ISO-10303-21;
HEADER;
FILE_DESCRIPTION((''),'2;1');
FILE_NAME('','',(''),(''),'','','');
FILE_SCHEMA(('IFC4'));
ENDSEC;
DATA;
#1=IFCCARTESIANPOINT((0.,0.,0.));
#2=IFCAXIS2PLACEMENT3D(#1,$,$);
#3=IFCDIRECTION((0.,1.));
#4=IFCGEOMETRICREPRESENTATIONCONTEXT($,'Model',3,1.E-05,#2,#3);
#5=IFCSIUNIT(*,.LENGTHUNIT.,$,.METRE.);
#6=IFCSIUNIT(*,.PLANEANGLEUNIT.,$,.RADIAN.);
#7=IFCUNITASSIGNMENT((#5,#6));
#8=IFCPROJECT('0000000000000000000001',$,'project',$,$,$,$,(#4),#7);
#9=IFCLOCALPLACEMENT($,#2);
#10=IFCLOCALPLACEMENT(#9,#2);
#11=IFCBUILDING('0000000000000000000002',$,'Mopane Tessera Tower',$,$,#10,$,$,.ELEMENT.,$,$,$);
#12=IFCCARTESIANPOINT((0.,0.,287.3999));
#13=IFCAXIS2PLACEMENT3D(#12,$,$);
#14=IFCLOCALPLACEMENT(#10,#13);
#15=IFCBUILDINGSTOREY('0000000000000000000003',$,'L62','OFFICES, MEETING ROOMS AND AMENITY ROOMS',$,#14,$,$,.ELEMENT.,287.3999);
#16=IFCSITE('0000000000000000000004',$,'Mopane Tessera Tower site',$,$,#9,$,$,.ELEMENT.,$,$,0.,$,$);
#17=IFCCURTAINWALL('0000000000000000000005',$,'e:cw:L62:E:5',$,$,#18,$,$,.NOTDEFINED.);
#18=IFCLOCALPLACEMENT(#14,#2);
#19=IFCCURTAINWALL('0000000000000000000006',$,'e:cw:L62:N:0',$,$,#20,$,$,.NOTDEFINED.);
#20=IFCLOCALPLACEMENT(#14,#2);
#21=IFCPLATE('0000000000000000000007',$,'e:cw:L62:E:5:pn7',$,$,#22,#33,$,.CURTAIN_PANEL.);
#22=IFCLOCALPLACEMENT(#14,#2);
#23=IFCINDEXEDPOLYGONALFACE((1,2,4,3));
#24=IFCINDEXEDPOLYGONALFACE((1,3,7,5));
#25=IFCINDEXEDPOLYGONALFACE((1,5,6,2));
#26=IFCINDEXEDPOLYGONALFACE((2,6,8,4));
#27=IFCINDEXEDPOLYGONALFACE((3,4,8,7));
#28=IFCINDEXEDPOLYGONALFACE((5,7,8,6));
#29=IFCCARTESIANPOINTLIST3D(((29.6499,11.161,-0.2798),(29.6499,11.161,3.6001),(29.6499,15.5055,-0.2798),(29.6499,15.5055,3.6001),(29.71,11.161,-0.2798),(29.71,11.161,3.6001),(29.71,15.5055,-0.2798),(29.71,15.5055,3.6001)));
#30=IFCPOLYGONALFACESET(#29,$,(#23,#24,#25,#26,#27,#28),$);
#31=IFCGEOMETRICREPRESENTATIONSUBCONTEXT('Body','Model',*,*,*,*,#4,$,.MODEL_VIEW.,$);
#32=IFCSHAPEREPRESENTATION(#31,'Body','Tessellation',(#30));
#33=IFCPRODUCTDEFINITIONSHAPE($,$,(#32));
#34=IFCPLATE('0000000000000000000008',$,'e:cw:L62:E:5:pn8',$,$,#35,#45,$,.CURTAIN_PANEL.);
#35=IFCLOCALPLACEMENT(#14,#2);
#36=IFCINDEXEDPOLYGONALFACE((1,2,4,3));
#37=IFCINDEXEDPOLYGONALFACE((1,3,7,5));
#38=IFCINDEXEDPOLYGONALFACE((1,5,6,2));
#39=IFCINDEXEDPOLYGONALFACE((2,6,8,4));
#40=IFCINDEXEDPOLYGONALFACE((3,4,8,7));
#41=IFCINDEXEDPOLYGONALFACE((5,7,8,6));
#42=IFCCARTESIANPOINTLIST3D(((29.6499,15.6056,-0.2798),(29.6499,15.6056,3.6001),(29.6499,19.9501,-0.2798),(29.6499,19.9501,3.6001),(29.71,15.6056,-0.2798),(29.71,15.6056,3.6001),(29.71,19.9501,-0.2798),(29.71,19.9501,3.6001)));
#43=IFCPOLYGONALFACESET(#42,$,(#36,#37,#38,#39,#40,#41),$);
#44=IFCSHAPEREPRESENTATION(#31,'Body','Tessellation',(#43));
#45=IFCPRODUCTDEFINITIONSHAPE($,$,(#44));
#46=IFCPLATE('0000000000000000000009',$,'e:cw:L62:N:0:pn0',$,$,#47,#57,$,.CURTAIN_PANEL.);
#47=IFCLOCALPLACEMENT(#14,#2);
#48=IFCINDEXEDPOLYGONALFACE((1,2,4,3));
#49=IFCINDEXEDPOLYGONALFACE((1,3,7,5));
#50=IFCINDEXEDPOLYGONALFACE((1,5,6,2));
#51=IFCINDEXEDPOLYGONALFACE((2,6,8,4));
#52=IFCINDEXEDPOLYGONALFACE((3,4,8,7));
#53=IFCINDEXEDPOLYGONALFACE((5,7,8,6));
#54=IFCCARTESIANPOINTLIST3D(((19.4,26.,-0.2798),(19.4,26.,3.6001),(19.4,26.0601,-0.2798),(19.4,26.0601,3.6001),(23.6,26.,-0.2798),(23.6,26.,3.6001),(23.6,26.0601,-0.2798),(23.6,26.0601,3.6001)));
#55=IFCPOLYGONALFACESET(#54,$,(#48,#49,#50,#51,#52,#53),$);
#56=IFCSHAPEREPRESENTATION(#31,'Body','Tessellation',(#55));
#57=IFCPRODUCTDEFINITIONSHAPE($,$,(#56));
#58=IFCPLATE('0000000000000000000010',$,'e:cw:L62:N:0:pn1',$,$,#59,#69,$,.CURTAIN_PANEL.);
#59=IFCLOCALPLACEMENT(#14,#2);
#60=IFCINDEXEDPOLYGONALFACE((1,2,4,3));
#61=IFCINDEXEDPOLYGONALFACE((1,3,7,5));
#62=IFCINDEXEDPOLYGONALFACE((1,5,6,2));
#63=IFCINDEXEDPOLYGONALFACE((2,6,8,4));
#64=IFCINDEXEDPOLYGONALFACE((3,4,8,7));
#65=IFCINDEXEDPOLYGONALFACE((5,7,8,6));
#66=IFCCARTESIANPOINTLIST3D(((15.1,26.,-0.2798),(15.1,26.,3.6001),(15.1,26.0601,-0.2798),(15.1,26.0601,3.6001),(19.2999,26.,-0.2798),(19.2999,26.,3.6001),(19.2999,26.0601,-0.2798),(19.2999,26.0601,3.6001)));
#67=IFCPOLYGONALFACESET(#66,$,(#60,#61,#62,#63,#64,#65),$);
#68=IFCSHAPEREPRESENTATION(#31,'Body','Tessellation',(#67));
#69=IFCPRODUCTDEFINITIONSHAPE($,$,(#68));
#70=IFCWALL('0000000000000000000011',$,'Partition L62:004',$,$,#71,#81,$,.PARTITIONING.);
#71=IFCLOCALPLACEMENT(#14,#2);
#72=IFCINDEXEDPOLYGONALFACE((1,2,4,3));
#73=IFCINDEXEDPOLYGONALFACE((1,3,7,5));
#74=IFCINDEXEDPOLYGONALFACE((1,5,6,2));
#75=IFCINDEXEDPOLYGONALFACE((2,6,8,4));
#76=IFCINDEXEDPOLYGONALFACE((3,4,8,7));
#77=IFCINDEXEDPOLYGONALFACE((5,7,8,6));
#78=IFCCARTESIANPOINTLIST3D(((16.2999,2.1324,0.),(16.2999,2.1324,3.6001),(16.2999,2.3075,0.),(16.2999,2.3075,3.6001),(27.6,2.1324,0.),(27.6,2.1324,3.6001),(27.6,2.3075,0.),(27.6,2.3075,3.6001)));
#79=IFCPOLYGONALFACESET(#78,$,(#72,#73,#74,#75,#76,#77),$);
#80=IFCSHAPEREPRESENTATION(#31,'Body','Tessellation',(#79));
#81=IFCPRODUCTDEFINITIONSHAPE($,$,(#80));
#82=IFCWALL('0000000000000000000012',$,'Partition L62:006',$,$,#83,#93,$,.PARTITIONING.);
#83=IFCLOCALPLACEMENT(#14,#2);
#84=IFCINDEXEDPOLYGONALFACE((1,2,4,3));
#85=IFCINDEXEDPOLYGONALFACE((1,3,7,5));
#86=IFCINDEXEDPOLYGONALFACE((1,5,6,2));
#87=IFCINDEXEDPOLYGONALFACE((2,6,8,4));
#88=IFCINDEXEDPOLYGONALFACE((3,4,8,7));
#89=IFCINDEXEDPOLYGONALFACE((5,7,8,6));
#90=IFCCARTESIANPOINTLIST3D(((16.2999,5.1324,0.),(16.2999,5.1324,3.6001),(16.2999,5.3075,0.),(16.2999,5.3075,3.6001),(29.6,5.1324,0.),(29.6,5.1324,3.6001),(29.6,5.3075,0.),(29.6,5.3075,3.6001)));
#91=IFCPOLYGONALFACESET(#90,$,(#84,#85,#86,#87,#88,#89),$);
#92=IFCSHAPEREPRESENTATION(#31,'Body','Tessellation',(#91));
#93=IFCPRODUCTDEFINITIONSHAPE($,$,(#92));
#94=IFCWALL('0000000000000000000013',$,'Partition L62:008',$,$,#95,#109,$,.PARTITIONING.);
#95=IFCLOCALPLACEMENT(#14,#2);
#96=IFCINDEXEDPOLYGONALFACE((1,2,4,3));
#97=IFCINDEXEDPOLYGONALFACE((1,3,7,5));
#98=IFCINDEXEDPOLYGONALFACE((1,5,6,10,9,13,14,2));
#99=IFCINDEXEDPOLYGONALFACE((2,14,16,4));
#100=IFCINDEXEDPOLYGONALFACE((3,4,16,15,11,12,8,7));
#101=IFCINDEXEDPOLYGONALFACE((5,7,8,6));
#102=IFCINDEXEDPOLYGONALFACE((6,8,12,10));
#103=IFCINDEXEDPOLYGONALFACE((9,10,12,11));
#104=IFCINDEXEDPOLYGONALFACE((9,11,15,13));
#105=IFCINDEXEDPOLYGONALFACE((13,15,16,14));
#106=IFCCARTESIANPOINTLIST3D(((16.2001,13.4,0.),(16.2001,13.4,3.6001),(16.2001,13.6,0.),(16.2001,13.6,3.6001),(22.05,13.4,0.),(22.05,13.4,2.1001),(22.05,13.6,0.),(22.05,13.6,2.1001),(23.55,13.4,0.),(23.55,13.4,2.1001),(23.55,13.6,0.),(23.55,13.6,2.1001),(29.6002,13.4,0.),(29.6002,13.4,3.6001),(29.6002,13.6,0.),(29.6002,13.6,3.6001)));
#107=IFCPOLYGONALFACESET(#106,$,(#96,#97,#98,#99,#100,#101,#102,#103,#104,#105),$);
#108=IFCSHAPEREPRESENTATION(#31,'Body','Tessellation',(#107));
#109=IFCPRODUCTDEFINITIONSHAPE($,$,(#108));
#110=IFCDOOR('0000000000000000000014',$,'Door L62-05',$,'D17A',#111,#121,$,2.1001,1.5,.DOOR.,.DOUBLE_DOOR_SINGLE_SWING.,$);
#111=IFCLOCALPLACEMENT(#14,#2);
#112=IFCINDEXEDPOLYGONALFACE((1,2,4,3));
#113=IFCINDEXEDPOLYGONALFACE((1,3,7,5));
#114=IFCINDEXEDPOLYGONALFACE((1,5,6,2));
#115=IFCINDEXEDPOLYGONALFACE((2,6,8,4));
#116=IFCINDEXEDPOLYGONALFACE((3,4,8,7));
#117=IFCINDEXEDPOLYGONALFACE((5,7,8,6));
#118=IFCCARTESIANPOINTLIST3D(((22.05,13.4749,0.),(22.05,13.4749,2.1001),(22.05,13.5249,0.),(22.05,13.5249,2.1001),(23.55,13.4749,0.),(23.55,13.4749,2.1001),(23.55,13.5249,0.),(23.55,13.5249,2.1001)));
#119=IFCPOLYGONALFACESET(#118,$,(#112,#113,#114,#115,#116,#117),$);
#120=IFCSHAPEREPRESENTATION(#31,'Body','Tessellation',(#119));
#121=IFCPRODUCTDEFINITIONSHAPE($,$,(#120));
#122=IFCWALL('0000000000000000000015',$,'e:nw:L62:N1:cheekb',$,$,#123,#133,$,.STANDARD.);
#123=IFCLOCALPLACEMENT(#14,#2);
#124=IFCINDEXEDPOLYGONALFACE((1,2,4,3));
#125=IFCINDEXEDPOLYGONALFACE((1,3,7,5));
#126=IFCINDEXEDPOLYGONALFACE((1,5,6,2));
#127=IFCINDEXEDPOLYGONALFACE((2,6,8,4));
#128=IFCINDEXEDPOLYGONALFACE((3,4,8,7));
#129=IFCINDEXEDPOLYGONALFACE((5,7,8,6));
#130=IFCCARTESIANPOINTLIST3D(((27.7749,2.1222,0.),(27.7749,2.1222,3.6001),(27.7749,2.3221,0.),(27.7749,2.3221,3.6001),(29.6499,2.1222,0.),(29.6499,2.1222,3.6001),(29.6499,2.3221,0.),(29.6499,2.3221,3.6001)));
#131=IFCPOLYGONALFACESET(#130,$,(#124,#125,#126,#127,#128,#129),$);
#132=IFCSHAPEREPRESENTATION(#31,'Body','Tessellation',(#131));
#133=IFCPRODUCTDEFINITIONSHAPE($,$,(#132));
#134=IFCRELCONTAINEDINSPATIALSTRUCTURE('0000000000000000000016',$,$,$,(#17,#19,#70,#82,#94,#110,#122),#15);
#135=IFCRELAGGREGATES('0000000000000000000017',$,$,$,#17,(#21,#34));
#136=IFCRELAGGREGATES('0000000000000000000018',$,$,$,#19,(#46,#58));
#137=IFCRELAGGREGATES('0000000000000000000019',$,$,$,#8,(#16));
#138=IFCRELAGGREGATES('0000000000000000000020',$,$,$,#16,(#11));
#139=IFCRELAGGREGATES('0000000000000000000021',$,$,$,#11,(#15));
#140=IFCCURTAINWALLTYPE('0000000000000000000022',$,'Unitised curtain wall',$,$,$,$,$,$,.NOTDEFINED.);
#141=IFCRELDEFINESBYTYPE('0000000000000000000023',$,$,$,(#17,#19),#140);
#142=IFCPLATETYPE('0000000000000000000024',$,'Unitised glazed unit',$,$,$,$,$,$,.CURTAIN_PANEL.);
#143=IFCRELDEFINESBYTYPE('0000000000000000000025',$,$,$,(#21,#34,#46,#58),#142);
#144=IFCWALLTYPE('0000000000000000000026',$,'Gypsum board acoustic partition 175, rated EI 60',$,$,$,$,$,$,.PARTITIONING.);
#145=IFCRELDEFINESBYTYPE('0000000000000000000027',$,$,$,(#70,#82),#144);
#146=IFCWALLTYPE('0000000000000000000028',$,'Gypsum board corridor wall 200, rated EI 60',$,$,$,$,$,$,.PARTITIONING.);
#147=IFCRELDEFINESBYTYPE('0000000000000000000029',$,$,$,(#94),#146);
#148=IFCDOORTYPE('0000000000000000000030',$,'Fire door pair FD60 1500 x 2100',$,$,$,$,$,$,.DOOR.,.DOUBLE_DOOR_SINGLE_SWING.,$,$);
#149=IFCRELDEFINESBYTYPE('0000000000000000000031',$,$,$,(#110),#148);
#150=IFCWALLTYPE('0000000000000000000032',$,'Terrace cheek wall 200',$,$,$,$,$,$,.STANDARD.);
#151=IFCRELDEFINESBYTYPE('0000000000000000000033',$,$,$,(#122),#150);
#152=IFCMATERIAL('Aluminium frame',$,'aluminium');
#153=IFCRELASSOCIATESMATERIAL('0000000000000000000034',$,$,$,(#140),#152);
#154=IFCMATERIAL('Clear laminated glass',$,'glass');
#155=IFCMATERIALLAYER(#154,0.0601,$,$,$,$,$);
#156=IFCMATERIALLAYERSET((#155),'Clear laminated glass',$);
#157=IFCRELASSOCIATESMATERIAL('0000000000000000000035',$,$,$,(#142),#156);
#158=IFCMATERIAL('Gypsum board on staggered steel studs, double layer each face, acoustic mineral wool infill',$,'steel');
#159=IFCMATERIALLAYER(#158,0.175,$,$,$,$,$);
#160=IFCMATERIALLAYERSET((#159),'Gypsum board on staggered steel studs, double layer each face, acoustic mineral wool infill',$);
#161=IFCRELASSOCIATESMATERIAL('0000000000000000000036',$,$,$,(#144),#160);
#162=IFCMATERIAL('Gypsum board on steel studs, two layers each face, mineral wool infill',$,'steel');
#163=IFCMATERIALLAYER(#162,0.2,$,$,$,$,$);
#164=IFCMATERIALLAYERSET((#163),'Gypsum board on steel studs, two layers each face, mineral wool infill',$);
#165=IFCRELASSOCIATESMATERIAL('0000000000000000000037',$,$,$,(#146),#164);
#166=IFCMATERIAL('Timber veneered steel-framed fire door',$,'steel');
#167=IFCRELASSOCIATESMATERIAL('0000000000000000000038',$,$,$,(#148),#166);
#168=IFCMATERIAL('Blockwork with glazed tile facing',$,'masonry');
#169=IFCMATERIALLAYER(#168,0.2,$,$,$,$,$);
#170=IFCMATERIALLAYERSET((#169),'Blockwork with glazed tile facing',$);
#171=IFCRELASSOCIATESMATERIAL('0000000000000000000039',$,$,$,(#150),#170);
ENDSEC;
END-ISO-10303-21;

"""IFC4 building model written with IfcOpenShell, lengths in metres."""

from ifc_helpers import new_model, si_unit, direction, frame, frame_2d, origin, origin_2d, place, context, subcontext, project, spatial, rectangle, extrude, material, layer, layer_set, type_object, element, fill, aggregate, save


model = new_model("IFC4")

# Units and contexts
model_context = context("Model", 3, precision=1e-05, world=origin(), true_north=direction((0.0, 1.0)))
body_context = subcontext(model_context, "Body", "Model", "MODEL_VIEW")
ifc_project = project(units=[si_unit("LENGTHUNIT", "METRE"), si_unit("PLANEANGLEUNIT", "RADIAN")], contexts=[model_context])

# Site, building, storey
site_placement = place(None, origin())
site = spatial("IfcSite", under=ifc_project, at=site_placement, Name="Mopane Tessera Tower site", CompositionType="ELEMENT", RefElevation=0.0)
building_placement = place(site_placement, origin())
building = spatial("IfcBuilding", under=site, at=building_placement, Name="Mopane Tessera Tower", CompositionType="ELEMENT")
storey_placement = place(building_placement, frame((0.0, 0.0, 287.3999)))
storey = spatial("IfcBuildingStorey", under=building, at=storey_placement, Name="L62", Description="OFFICES, MEETING ROOMS AND AMENITY ROOMS", CompositionType="ELEMENT", Elevation=287.3999)

# Curtain walls
ifc_material_1 = material(Name="Aluminium frame", Category="aluminium")
curtain_wall_type = type_object("IfcCurtainWallType", Name="Unitised curtain wall", PredefinedType="NOTDEFINED", material=ifc_material_1)
curtain_wall_1_placement = place(storey_placement, origin())
curtain_wall_1 = element("IfcCurtainWall", 1, at=curtain_wall_1_placement, inside=storey, type_object=curtain_wall_type, Name="e:cw:L62:E:5", PredefinedType="NOTDEFINED")
curtain_wall_2_placement = place(storey_placement, origin())
curtain_wall_2 = element("IfcCurtainWall", 2, at=curtain_wall_2_placement, inside=storey, type_object=curtain_wall_type, Name="e:cw:L62:N:0", PredefinedType="NOTDEFINED")

# Plates
ifc_material_2 = material(Name="Clear laminated glass", Category="glass")
ifc_layer_1 = layer(ifc_material_2, 0.0601)
ifc_layer_set_1 = layer_set([ifc_layer_1], Name="Clear laminated glass")
plate_type = type_object("IfcPlateType", Name="Unitised glazed unit", PredefinedType="CURTAIN_PANEL", material=ifc_layer_set_1)
plate_1_placement = place(storey_placement, frame((29.6799, 13.3333, -0.2798), z_axis=(0.0, 0.0, 1.0), x_axis=(0.0, 1.0, 0.0)))
plate_1 = element("IfcPlate", 3, at=plate_1_placement, type_object=plate_type, Name="e:cw:L62:E:5:pn7", PredefinedType="CURTAIN_PANEL", context=body_context, shape_type="SweptSolid", body=[
    extrude(rectangle(XDim=4.3445, YDim=0.0601, at=origin_2d()), origin(), (0.0, 0.0, 1.0), 3.8799),
])
plate_2_placement = place(storey_placement, frame((29.6799, 17.7778, -0.2798), z_axis=(0.0, 0.0, 1.0), x_axis=(0.0, 1.0, 0.0)))
plate_2 = element("IfcPlate", 4, at=plate_2_placement, type_object=plate_type, Name="e:cw:L62:E:5:pn8", PredefinedType="CURTAIN_PANEL", context=body_context, shape_type="SweptSolid", body=[
    extrude(rectangle(XDim=4.3445, YDim=0.0601, at=origin_2d()), origin(), (0.0, 0.0, 1.0), 3.8799),
])
aggregate(curtain_wall_1, [plate_1, plate_2])
plate_3_placement = place(storey_placement, frame((21.5, 26.03, -0.2798), z_axis=(0.0, 0.0, 1.0), x_axis=(-1.0, 0.0, 0.0)))
plate_3 = element("IfcPlate", 5, at=plate_3_placement, type_object=plate_type, Name="e:cw:L62:N:0:pn0", PredefinedType="CURTAIN_PANEL", context=body_context, shape_type="SweptSolid", body=[
    extrude(rectangle(XDim=4.2, YDim=0.0601, at=origin_2d()), origin(), (0.0, 0.0, 1.0), 3.8799),
])
plate_4_placement = place(storey_placement, frame((17.2, 26.03, -0.2798), z_axis=(0.0, 0.0, 1.0), x_axis=(-1.0, 0.0, 0.0)))
plate_4 = element("IfcPlate", 6, at=plate_4_placement, type_object=plate_type, Name="e:cw:L62:N:0:pn1", PredefinedType="CURTAIN_PANEL", context=body_context, shape_type="SweptSolid", body=[
    extrude(rectangle(XDim=4.2, YDim=0.0601, at=origin_2d()), origin(), (0.0, 0.0, 1.0), 3.8799),
])
aggregate(curtain_wall_2, [plate_3, plate_4])

# Walls
ifc_material_3 = material(Name="Gypsum board on staggered steel studs, double layer each face, acoustic mineral wool infill", Category="steel")
ifc_layer_2 = layer(ifc_material_3, 0.175)
ifc_layer_set_2 = layer_set([ifc_layer_2], Name="Gypsum board on staggered steel studs, double layer each face, acoustic mineral wool infill")
wall_type_1 = type_object("IfcWallType", Name="Gypsum board acoustic partition 175, rated EI 60", PredefinedType="PARTITIONING", material=ifc_layer_set_2)
wall_1_placement = place(storey_placement, frame((16.3, 2.22, 0.0), z_axis=(0.0, 0.0, 1.0), x_axis=(1.0, 0.0, 0.0)))
element("IfcWall", 7, at=wall_1_placement, inside=storey, type_object=wall_type_1, Name="Partition L62:004", PredefinedType="PARTITIONING", context=body_context, shape_type="SweptSolid", body=[
    extrude(rectangle(XDim=11.3, YDim=0.175, at=frame_2d((5.6499, 0.0))), origin(), (0.0, 0.0, 1.0), 3.6001),
])
wall_2_placement = place(storey_placement, frame((16.3, 5.22, 0.0), z_axis=(0.0, 0.0, 1.0), x_axis=(1.0, 0.0, 0.0)))
element("IfcWall", 8, at=wall_2_placement, inside=storey, type_object=wall_type_1, Name="Partition L62:006", PredefinedType="PARTITIONING", context=body_context, shape_type="SweptSolid", body=[
    extrude(rectangle(XDim=13.3, YDim=0.175, at=frame_2d((6.6499, 0.0))), origin(), (0.0, 0.0, 1.0), 3.6001),
])

# Wall, opening, door
ifc_material_4 = material(Name="Gypsum board on steel studs, two layers each face, mineral wool infill", Category="steel")
ifc_layer_3 = layer(ifc_material_4, 0.2)
ifc_layer_set_3 = layer_set([ifc_layer_3], Name="Gypsum board on steel studs, two layers each face, mineral wool infill")
wall_type_2 = type_object("IfcWallType", Name="Gypsum board corridor wall 200, rated EI 60", PredefinedType="PARTITIONING", material=ifc_layer_set_3)
wall_3_placement = place(storey_placement, frame((16.2, 13.5, 0.0), z_axis=(0.0, 0.0, 1.0), x_axis=(1.0, 0.0, 0.0)))
wall_3 = element("IfcWall", 9, at=wall_3_placement, inside=storey, type_object=wall_type_2, Name="Partition L62:008", PredefinedType="PARTITIONING", context=body_context, shape_type="SweptSolid", body=[
    extrude(rectangle(XDim=13.4001, YDim=0.2, at=frame_2d((6.7002, 0.0))), origin(), (0.0, 0.0, 1.0), 3.6001),
])
opening_placement = place(wall_3_placement, frame((5.8501, 0.0, 0.0)))
opening = element("IfcOpeningElement", 10, at=opening_placement, cuts=wall_3, PredefinedType="OPENING", context=body_context, shape_type="SweptSolid", body=[
    extrude(rectangle(XDim=1.5, YDim=2.1001, at=frame_2d((0.75, 1.05))), frame((0.0, 0.1121, 0.0), z_axis=(0.0, -1.0, 0.0), x_axis=(1.0, 0.0, 0.0)), (0.0, 0.0, 1.0), 0.2239),
])
ifc_material_5 = material(Name="Timber veneered steel-framed fire door", Category="steel")
door_type = type_object("IfcDoorType", Name="Fire door pair FD60 1500 x 2100", OperationType="DOUBLE_DOOR_SINGLE_SWING", PredefinedType="DOOR", material=ifc_material_5)
door_placement = place(opening_placement, origin())
door = element("IfcDoor", 11, at=door_placement, inside=storey, type_object=door_type, Name="Door L62-05", ObjectType="D17A", OperationType="DOUBLE_DOOR_SINGLE_SWING", OverallHeight=2.1001, OverallWidth=1.5, PredefinedType="DOOR", context=body_context, shape_type="SweptSolid", body=[
    extrude(rectangle(XDim=1.5, YDim=2.1001, at=frame_2d((0.75, 1.05))), frame((0.0, 0.0249, 0.0), z_axis=(0.0, -1.0, 0.0), x_axis=(1.0, 0.0, 0.0)), (0.0, 0.0, 1.0), 0.05),
])
fill(opening, door)

# Wall
ifc_material_6 = material(Name="Blockwork with glazed tile facing", Category="masonry")
ifc_layer_4 = layer(ifc_material_6, 0.2)
ifc_layer_set_4 = layer_set([ifc_layer_4], Name="Blockwork with glazed tile facing")
wall_type_3 = type_object("IfcWallType", Name="Terrace cheek wall 200", PredefinedType="STANDARD", material=ifc_layer_set_4)
wall_4_placement = place(storey_placement, frame((29.6499, 2.2222, 0.0), z_axis=(0.0, 0.0, 1.0), x_axis=(-1.0, 0.0, 0.0)))
element("IfcWall", 12, at=wall_4_placement, inside=storey, type_object=wall_type_3, Name="e:nw:L62:N1:cheekb", PredefinedType="STANDARD", context=body_context, shape_type="SweptSolid", body=[
    extrude(rectangle(XDim=1.875, YDim=0.2, at=frame_2d((0.9375, 0.0))), origin(), (0.0, 0.0, 1.0), 3.6001),
])

save(model, "model.ifc")
